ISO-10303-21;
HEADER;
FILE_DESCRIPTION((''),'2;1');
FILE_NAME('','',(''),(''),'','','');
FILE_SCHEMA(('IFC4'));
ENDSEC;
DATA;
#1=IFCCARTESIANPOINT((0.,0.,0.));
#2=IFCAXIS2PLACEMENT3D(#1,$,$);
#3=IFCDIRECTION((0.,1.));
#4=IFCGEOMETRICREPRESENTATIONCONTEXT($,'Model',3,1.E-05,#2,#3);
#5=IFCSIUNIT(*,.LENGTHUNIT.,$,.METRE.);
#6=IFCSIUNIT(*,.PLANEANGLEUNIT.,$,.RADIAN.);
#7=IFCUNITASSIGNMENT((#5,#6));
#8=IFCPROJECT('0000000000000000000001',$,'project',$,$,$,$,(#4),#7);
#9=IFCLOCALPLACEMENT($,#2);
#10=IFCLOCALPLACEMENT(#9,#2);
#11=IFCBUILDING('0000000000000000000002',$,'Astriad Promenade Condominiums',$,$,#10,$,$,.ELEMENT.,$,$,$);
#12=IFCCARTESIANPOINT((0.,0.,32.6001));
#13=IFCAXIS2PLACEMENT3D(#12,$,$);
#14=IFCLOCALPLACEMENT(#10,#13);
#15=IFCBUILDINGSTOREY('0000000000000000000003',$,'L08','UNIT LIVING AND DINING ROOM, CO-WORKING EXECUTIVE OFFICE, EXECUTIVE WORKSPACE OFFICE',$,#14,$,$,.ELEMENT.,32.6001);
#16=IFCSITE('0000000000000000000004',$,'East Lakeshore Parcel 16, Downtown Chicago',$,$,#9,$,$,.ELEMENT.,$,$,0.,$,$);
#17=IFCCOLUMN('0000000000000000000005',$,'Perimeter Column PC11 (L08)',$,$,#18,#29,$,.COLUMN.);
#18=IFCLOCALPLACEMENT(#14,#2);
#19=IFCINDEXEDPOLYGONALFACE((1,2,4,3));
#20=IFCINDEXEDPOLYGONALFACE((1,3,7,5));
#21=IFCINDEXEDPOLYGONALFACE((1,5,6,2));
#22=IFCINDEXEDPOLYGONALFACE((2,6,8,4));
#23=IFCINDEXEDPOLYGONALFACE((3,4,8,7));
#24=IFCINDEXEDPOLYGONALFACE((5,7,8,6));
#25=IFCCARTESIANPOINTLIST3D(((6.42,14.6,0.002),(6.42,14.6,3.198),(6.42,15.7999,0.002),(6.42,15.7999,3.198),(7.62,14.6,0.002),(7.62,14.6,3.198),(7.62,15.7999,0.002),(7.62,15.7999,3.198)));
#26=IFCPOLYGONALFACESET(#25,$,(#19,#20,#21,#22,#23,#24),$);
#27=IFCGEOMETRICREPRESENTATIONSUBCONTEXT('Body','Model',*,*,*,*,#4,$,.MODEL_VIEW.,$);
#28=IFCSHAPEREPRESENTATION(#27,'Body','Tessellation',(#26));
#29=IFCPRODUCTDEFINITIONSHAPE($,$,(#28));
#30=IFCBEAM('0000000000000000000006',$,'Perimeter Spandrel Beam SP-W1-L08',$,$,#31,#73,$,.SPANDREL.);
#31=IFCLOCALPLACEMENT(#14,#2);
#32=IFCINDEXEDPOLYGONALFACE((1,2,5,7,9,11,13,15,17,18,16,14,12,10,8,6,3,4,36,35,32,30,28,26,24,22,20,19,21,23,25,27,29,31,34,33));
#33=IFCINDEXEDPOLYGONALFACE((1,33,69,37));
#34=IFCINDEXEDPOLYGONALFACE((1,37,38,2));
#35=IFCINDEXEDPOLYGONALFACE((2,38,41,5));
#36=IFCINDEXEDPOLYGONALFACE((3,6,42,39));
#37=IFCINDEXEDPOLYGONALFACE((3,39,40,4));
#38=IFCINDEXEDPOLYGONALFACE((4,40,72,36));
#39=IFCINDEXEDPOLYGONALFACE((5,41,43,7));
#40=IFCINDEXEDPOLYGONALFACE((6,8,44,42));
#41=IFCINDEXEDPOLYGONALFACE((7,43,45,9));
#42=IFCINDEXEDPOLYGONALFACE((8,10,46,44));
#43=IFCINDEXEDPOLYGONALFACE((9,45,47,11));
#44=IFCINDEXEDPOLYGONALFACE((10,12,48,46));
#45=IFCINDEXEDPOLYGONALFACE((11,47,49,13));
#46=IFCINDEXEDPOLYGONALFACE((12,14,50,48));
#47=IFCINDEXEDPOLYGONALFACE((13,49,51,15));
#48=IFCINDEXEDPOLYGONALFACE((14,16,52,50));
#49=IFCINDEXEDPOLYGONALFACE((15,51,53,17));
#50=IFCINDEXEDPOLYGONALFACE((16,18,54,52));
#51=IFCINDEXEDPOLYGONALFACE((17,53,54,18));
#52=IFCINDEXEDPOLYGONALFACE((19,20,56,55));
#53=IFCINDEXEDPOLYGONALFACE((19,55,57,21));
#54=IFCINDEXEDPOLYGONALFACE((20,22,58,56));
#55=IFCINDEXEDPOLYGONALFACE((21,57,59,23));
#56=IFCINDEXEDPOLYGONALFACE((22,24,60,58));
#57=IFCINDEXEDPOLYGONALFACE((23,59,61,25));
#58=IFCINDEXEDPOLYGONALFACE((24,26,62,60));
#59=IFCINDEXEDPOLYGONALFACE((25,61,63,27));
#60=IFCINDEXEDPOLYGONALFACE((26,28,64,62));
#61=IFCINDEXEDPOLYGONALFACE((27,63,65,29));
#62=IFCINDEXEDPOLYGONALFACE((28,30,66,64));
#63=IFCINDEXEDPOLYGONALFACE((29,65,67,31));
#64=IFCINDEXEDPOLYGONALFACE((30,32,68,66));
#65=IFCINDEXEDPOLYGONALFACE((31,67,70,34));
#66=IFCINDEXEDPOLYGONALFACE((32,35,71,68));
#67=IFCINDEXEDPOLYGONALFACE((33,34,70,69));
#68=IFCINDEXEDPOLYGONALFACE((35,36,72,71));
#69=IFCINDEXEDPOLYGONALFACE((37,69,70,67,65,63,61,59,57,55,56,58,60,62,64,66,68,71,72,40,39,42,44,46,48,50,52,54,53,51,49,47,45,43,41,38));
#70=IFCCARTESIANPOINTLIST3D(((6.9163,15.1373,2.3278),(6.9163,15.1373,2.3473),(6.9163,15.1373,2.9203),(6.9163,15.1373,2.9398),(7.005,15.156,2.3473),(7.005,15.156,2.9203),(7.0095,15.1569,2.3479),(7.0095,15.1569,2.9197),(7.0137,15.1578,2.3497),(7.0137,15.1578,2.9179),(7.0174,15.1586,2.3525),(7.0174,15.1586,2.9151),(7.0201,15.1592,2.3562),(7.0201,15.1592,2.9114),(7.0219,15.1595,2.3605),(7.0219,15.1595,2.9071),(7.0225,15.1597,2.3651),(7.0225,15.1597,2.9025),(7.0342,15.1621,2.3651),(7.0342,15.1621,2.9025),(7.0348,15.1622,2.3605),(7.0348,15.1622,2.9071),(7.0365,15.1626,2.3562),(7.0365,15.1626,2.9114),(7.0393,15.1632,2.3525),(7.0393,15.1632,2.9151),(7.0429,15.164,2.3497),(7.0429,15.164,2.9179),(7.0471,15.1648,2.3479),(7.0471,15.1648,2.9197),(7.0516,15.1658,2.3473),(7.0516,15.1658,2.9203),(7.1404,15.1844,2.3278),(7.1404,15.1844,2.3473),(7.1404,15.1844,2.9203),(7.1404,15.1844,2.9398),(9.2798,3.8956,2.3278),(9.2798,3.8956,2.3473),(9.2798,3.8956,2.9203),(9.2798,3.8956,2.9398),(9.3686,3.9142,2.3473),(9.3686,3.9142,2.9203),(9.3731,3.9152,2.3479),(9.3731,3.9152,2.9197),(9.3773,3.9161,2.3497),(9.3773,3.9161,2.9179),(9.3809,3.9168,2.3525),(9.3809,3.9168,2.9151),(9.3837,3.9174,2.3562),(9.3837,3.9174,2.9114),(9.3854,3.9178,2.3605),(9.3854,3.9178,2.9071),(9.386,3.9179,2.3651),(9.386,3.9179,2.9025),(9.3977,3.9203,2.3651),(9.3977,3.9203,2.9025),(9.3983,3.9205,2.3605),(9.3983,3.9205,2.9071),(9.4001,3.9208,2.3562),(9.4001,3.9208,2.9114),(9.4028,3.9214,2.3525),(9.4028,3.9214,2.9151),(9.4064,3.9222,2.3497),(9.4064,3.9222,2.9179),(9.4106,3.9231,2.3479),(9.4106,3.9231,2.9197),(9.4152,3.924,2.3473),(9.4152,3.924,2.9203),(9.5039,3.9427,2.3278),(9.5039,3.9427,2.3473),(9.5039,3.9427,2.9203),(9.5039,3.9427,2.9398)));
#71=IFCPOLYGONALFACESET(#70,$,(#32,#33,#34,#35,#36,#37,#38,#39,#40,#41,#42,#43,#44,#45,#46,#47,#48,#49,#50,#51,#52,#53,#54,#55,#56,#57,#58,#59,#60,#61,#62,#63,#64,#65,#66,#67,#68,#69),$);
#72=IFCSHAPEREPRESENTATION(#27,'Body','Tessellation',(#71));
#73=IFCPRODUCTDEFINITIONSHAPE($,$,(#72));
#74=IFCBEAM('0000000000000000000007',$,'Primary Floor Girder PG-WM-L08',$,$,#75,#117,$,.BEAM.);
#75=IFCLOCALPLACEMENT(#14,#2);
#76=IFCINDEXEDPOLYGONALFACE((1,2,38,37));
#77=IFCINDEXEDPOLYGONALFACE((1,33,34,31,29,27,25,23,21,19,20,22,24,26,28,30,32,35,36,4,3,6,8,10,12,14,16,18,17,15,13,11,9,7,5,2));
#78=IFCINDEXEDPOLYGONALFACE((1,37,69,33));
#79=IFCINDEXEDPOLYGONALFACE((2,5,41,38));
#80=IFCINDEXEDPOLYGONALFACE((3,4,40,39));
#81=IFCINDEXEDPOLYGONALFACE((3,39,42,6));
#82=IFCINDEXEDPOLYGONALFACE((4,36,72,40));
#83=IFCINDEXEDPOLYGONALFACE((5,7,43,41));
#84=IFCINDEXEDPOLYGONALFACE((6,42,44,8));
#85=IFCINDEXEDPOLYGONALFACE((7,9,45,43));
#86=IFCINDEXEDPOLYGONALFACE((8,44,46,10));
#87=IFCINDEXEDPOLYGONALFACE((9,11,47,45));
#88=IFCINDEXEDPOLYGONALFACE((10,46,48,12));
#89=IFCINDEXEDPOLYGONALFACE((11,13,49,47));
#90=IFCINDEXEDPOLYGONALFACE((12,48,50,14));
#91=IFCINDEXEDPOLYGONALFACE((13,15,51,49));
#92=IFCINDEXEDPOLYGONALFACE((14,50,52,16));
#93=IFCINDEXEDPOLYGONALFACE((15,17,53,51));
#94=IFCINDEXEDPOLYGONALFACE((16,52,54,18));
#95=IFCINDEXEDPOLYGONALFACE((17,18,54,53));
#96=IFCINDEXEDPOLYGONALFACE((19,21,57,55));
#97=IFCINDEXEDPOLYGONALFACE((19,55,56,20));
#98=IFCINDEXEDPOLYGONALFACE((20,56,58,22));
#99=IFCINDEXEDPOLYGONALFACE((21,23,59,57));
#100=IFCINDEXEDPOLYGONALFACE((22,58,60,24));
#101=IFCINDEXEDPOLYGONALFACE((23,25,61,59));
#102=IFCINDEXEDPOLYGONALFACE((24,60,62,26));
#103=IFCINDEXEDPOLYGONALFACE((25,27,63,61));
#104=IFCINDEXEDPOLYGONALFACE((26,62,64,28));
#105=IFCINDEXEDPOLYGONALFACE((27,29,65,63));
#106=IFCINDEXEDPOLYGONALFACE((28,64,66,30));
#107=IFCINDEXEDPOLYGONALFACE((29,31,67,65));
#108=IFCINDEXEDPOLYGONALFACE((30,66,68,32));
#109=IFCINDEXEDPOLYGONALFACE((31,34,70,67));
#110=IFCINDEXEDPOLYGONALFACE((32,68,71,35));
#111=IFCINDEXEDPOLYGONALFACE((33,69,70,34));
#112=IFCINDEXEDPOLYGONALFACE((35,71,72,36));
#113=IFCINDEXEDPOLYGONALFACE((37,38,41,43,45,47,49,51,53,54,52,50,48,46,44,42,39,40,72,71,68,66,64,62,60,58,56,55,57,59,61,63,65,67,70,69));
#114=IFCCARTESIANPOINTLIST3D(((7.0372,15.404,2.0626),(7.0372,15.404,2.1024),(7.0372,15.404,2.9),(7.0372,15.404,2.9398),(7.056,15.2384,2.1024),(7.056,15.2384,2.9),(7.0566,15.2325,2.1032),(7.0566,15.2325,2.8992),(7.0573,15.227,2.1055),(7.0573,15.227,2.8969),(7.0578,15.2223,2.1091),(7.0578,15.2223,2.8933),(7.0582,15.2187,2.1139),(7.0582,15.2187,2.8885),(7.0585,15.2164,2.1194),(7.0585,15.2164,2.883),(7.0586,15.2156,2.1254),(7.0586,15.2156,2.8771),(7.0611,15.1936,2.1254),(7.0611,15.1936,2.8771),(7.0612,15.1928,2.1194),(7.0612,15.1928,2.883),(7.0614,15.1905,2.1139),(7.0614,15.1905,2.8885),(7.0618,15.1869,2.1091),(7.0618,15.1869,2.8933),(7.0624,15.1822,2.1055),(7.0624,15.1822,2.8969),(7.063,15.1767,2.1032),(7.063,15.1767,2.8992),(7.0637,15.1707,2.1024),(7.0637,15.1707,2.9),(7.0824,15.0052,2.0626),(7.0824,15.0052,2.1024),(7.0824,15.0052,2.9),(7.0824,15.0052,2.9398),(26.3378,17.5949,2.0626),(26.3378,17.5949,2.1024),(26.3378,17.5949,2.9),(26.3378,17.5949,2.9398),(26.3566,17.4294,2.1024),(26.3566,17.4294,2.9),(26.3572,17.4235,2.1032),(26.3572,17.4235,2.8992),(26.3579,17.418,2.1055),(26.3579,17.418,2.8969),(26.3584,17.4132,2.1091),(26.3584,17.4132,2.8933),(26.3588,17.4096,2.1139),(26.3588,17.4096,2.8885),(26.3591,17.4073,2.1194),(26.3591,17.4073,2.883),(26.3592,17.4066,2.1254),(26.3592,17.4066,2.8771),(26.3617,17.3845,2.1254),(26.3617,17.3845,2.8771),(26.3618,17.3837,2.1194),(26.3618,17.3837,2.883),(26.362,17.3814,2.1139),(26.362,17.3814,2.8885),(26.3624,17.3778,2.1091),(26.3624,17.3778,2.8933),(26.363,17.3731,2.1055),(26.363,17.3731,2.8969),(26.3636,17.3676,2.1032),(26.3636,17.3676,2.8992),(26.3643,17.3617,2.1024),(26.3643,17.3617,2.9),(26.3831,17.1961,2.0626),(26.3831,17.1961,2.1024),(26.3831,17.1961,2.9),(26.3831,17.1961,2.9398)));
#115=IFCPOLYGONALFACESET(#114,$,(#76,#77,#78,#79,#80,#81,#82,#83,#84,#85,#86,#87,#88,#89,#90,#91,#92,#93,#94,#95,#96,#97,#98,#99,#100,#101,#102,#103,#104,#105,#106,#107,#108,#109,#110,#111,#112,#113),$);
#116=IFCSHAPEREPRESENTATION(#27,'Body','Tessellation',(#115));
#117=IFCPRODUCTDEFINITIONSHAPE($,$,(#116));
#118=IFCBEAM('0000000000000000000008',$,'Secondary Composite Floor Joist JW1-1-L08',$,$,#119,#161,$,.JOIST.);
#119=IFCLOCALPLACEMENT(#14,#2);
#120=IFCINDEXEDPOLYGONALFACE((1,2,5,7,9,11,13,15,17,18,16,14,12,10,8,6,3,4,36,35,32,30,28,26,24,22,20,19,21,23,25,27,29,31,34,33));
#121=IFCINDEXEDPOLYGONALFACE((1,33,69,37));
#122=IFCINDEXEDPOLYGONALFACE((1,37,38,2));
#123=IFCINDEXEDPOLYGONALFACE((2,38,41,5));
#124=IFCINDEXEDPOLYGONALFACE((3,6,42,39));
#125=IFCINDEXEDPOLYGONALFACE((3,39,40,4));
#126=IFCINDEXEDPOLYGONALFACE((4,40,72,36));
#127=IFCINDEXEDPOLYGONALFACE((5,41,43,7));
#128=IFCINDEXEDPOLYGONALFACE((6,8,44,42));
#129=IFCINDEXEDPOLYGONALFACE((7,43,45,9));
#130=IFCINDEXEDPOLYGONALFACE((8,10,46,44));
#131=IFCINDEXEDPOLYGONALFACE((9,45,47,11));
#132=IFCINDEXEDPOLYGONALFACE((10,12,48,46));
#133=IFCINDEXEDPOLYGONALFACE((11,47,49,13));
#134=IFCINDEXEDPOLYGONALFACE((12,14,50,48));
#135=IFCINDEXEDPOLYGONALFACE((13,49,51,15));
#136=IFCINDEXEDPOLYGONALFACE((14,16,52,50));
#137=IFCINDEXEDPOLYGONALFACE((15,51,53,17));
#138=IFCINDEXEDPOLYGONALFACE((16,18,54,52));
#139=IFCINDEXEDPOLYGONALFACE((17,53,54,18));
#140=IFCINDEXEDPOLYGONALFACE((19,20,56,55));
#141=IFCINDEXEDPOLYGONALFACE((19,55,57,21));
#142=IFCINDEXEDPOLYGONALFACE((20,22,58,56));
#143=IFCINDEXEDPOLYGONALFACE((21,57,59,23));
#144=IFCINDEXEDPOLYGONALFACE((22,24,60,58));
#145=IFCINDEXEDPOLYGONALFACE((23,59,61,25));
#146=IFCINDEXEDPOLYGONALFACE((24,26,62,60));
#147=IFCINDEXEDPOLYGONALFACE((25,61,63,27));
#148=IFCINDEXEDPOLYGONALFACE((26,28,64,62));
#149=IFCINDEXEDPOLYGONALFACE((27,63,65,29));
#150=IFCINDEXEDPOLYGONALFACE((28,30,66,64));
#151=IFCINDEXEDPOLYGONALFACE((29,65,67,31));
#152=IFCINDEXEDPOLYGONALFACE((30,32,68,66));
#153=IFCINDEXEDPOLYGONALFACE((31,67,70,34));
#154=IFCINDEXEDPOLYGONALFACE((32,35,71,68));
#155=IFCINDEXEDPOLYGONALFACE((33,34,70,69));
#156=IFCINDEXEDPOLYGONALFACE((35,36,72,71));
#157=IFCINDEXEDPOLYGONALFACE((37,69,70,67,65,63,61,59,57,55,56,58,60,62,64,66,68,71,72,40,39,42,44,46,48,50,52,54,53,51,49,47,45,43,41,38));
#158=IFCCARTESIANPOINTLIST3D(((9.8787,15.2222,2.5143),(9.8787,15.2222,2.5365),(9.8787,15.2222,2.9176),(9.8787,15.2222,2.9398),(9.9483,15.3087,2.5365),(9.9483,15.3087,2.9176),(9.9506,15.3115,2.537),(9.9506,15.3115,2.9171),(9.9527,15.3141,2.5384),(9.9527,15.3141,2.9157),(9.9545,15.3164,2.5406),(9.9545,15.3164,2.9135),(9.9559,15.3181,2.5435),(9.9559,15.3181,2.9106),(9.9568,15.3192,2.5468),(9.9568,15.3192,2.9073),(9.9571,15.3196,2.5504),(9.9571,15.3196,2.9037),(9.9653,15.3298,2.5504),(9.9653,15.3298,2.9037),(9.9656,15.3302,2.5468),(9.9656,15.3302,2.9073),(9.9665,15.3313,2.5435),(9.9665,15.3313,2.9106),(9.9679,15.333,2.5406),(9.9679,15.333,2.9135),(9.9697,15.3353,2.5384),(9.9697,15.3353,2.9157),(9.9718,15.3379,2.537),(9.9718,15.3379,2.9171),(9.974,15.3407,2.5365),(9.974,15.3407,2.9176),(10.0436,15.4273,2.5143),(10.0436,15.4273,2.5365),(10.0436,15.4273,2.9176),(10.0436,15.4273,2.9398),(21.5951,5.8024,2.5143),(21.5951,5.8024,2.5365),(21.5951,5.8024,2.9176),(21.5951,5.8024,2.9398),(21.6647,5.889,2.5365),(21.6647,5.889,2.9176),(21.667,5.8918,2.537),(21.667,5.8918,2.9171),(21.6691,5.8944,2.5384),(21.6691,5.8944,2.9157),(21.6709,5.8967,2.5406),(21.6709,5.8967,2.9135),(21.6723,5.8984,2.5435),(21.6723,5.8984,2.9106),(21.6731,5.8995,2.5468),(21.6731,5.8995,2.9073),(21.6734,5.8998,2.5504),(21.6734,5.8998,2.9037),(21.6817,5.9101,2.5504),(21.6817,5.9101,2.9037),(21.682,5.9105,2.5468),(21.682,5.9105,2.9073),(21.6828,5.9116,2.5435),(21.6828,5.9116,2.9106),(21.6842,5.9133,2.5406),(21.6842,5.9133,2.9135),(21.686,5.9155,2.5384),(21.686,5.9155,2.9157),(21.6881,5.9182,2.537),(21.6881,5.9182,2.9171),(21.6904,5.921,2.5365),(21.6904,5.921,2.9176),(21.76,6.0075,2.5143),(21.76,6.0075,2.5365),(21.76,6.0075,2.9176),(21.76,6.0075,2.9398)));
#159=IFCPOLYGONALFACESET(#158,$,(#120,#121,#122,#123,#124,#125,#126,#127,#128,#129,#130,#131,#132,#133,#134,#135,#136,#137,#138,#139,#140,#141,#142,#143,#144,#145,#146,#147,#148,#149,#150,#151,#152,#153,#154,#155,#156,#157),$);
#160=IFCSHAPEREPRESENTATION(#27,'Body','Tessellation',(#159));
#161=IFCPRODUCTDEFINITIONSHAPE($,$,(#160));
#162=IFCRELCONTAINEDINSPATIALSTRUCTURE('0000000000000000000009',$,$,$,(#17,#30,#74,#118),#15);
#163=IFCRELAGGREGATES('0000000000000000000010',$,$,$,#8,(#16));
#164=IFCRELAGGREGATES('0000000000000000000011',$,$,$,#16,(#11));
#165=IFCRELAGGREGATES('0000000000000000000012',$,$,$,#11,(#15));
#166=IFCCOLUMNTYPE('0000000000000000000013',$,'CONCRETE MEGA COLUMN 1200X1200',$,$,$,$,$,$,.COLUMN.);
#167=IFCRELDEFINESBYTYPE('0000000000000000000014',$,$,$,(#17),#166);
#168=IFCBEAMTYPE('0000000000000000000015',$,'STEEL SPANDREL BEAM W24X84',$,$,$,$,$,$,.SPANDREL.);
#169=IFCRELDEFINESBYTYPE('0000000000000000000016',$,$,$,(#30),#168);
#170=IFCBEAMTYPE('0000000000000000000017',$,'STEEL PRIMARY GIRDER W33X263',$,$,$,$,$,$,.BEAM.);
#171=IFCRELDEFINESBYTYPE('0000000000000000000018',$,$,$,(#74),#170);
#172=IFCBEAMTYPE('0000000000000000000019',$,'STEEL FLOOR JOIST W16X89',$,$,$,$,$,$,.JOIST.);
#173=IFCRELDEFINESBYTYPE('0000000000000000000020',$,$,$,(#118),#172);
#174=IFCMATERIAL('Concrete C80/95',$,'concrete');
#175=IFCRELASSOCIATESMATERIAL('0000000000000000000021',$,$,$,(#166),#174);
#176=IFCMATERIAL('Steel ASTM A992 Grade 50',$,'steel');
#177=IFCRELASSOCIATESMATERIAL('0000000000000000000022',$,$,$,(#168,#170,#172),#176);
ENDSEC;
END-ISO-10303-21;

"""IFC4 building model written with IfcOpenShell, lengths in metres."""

from ifc_helpers import new_model, si_unit, direction, frame, origin, origin_2d, place, context, subcontext, project, spatial, rectangle, i_section, extrude, source, transform, mapped, material, material_profile, profile_set, type_object, type_shapes, element, save


model = new_model("IFC4")

# Units and contexts
model_context = context("Model", 3, precision=1e-05, world=origin(), true_north=direction((0.0, 1.0)))
body_context = subcontext(model_context, "Body", "Model", "MODEL_VIEW")
ifc_project = project(units=[si_unit("LENGTHUNIT", "METRE"), si_unit("PLANEANGLEUNIT", "RADIAN")], contexts=[model_context])

# Site, building, storey
site_placement = place(None, origin())
site = spatial("IfcSite", under=ifc_project, at=site_placement, Name="East Lakeshore Parcel 16, Downtown Chicago", CompositionType="ELEMENT", RefElevation=0.0)
building_placement = place(site_placement, origin())
building = spatial("IfcBuilding", under=site, at=building_placement, Name="Astriad Promenade Condominiums", CompositionType="ELEMENT")
storey_placement = place(building_placement, frame((0.0, 0.0, 32.6001)))
storey = spatial("IfcBuildingStorey", under=building, at=storey_placement, Name="L08", Description="UNIT LIVING AND DINING ROOM, CO-WORKING EXECUTIVE OFFICE, EXECUTIVE WORKSPACE OFFICE", CompositionType="ELEMENT", Elevation=32.6001)

# Column
ifc_material_1 = material(Name="Concrete C80/95", Category="concrete")
ifc_material_profile_1 = material_profile(ifc_material_1, rectangle(XDim=1.2, YDim=1.2, at=origin_2d()), Name="RC-COL-1200X1200")
ifc_profile_set_1 = profile_set([ifc_material_profile_1], Name="Concrete C80/95")
column_type = type_object("IfcColumnType", Name="CONCRETE MEGA COLUMN 1200X1200", PredefinedType="COLUMN", material=ifc_profile_set_1)
shared_shape_1 = source(origin(), body_context, "Body", "SweptSolid", [
    extrude(rectangle(XDim=1.2, YDim=1.2, at=origin_2d()), origin(), (0.0, 0.0, 1.0), 3.196),
])
type_shapes(column_type, [shared_shape_1])
column_placement = place(storey_placement, frame((7.02, 15.2, 0.002), z_axis=(0.0, 0.0, 1.0), x_axis=(1.0, 0.0, 0.0)))
element("IfcColumn", 1, at=column_placement, inside=storey, type_object=column_type, Name="Perimeter Column PC11 (L08)", PredefinedType="COLUMN", context=body_context, shape_type="MappedRepresentation", body=[
    mapped(shared_shape_1, transform((0.0, 0.0, 0.0), scale=1.0)),
])

# Beams
ifc_material_2 = material(Name="Steel ASTM A992 Grade 50", Category="steel")
ifc_material_profile_2 = material_profile(ifc_material_2, i_section(OverallWidth=0.229, OverallDepth=0.6121, WebThickness=0.012, FlangeThickness=0.0195, FilletRadius=0.0178, at=origin_2d()), Name="W24X84")
ifc_profile_set_2 = profile_set([ifc_material_profile_2], Name="Steel ASTM A992 Grade 50")
beam_type_1 = type_object("IfcBeamType", Name="STEEL SPANDREL BEAM W24X84", PredefinedType="SPANDREL", material=ifc_profile_set_2)
shared_shape_2 = source(origin(), body_context, "Body", "SweptSolid", [
    extrude(i_section(OverallWidth=0.229, OverallDepth=0.6121, WebThickness=0.012, FlangeThickness=0.0195, FilletRadius=0.0178, at=origin_2d()), origin(), (0.0, 0.0, 1.0), 11.4875),
])
type_shapes(beam_type_1, [shared_shape_2])
beam_1_placement = place(storey_placement, frame((7.0283, 15.1609, 2.6338), z_axis=(0.205748, -0.978605, 0.0), x_axis=(0.978605, 0.205748, 0.0)))
element("IfcBeam", 2, at=beam_1_placement, inside=storey, type_object=beam_type_1, Name="Perimeter Spandrel Beam SP-W1-L08", PredefinedType="SPANDREL", context=body_context, shape_type="MappedRepresentation", body=[
    mapped(shared_shape_2, transform((0.0, 0.0, 0.0), scale=1.0)),
])
ifc_material_profile_3 = material_profile(ifc_material_2, i_section(OverallWidth=0.4014, OverallDepth=0.8772, WebThickness=0.0222, FlangeThickness=0.0398, FilletRadius=0.0229, at=origin_2d()), Name="W33X263")
ifc_profile_set_3 = profile_set([ifc_material_profile_3], Name="Steel ASTM A992 Grade 50")
beam_type_2 = type_object("IfcBeamType", Name="STEEL PRIMARY GIRDER W33X263", PredefinedType="BEAM", material=ifc_profile_set_3)
shared_shape_3 = source(origin(), body_context, "Body", "SweptSolid", [
    extrude(i_section(OverallWidth=0.4014, OverallDepth=0.8772, WebThickness=0.0222, FlangeThickness=0.0398, FilletRadius=0.0229, at=origin_2d()), origin(), (0.0, 0.0, 1.0), 19.4246),
])
type_shapes(beam_type_2, [shared_shape_3])
beam_2_placement = place(storey_placement, frame((7.0598, 15.2046, 2.5012), z_axis=(0.993619, 0.112792, 0.0), x_axis=(-0.112792, 0.993619, 0.0)))
element("IfcBeam", 3, at=beam_2_placement, inside=storey, type_object=beam_type_2, Name="Primary Floor Girder PG-WM-L08", PredefinedType="BEAM", context=body_context, shape_type="MappedRepresentation", body=[
    mapped(shared_shape_3, transform((0.0, 0.0, 0.0), scale=1.0)),
])
ifc_material_profile_4 = material_profile(ifc_material_2, i_section(OverallWidth=0.2632, OverallDepth=0.4255, WebThickness=0.0132, FlangeThickness=0.0222, FilletRadius=0.0139, at=origin_2d()), Name="W16X89")
ifc_profile_set_4 = profile_set([ifc_material_profile_4], Name="Steel ASTM A992 Grade 50")
beam_type_3 = type_object("IfcBeamType", Name="STEEL FLOOR JOIST W16X89", PredefinedType="JOIST", material=ifc_profile_set_4)
shared_shape_4 = source(origin(), body_context, "Body", "SweptSolid", [
    extrude(i_section(OverallWidth=0.2632, OverallDepth=0.4255, WebThickness=0.0132, FlangeThickness=0.0222, FilletRadius=0.0139, at=origin_2d()), origin(), (0.0, 0.0, 1.0), 15.0334),
])
beam_3_placement = place(storey_placement, frame((9.9612, 15.3247, 2.7271), z_axis=(0.779353, -0.626585, 0.0), x_axis=(0.626585, 0.779353, 0.0)))
element("IfcBeam", 4, at=beam_3_placement, inside=storey, type_object=beam_type_3, Name="Secondary Composite Floor Joist JW1-1-L08", PredefinedType="JOIST", context=body_context, shape_type="MappedRepresentation", body=[
    mapped(shared_shape_4, transform((0.0, 0.0, 0.0), scale=1.0)),
])

save(model, "model.ifc")
